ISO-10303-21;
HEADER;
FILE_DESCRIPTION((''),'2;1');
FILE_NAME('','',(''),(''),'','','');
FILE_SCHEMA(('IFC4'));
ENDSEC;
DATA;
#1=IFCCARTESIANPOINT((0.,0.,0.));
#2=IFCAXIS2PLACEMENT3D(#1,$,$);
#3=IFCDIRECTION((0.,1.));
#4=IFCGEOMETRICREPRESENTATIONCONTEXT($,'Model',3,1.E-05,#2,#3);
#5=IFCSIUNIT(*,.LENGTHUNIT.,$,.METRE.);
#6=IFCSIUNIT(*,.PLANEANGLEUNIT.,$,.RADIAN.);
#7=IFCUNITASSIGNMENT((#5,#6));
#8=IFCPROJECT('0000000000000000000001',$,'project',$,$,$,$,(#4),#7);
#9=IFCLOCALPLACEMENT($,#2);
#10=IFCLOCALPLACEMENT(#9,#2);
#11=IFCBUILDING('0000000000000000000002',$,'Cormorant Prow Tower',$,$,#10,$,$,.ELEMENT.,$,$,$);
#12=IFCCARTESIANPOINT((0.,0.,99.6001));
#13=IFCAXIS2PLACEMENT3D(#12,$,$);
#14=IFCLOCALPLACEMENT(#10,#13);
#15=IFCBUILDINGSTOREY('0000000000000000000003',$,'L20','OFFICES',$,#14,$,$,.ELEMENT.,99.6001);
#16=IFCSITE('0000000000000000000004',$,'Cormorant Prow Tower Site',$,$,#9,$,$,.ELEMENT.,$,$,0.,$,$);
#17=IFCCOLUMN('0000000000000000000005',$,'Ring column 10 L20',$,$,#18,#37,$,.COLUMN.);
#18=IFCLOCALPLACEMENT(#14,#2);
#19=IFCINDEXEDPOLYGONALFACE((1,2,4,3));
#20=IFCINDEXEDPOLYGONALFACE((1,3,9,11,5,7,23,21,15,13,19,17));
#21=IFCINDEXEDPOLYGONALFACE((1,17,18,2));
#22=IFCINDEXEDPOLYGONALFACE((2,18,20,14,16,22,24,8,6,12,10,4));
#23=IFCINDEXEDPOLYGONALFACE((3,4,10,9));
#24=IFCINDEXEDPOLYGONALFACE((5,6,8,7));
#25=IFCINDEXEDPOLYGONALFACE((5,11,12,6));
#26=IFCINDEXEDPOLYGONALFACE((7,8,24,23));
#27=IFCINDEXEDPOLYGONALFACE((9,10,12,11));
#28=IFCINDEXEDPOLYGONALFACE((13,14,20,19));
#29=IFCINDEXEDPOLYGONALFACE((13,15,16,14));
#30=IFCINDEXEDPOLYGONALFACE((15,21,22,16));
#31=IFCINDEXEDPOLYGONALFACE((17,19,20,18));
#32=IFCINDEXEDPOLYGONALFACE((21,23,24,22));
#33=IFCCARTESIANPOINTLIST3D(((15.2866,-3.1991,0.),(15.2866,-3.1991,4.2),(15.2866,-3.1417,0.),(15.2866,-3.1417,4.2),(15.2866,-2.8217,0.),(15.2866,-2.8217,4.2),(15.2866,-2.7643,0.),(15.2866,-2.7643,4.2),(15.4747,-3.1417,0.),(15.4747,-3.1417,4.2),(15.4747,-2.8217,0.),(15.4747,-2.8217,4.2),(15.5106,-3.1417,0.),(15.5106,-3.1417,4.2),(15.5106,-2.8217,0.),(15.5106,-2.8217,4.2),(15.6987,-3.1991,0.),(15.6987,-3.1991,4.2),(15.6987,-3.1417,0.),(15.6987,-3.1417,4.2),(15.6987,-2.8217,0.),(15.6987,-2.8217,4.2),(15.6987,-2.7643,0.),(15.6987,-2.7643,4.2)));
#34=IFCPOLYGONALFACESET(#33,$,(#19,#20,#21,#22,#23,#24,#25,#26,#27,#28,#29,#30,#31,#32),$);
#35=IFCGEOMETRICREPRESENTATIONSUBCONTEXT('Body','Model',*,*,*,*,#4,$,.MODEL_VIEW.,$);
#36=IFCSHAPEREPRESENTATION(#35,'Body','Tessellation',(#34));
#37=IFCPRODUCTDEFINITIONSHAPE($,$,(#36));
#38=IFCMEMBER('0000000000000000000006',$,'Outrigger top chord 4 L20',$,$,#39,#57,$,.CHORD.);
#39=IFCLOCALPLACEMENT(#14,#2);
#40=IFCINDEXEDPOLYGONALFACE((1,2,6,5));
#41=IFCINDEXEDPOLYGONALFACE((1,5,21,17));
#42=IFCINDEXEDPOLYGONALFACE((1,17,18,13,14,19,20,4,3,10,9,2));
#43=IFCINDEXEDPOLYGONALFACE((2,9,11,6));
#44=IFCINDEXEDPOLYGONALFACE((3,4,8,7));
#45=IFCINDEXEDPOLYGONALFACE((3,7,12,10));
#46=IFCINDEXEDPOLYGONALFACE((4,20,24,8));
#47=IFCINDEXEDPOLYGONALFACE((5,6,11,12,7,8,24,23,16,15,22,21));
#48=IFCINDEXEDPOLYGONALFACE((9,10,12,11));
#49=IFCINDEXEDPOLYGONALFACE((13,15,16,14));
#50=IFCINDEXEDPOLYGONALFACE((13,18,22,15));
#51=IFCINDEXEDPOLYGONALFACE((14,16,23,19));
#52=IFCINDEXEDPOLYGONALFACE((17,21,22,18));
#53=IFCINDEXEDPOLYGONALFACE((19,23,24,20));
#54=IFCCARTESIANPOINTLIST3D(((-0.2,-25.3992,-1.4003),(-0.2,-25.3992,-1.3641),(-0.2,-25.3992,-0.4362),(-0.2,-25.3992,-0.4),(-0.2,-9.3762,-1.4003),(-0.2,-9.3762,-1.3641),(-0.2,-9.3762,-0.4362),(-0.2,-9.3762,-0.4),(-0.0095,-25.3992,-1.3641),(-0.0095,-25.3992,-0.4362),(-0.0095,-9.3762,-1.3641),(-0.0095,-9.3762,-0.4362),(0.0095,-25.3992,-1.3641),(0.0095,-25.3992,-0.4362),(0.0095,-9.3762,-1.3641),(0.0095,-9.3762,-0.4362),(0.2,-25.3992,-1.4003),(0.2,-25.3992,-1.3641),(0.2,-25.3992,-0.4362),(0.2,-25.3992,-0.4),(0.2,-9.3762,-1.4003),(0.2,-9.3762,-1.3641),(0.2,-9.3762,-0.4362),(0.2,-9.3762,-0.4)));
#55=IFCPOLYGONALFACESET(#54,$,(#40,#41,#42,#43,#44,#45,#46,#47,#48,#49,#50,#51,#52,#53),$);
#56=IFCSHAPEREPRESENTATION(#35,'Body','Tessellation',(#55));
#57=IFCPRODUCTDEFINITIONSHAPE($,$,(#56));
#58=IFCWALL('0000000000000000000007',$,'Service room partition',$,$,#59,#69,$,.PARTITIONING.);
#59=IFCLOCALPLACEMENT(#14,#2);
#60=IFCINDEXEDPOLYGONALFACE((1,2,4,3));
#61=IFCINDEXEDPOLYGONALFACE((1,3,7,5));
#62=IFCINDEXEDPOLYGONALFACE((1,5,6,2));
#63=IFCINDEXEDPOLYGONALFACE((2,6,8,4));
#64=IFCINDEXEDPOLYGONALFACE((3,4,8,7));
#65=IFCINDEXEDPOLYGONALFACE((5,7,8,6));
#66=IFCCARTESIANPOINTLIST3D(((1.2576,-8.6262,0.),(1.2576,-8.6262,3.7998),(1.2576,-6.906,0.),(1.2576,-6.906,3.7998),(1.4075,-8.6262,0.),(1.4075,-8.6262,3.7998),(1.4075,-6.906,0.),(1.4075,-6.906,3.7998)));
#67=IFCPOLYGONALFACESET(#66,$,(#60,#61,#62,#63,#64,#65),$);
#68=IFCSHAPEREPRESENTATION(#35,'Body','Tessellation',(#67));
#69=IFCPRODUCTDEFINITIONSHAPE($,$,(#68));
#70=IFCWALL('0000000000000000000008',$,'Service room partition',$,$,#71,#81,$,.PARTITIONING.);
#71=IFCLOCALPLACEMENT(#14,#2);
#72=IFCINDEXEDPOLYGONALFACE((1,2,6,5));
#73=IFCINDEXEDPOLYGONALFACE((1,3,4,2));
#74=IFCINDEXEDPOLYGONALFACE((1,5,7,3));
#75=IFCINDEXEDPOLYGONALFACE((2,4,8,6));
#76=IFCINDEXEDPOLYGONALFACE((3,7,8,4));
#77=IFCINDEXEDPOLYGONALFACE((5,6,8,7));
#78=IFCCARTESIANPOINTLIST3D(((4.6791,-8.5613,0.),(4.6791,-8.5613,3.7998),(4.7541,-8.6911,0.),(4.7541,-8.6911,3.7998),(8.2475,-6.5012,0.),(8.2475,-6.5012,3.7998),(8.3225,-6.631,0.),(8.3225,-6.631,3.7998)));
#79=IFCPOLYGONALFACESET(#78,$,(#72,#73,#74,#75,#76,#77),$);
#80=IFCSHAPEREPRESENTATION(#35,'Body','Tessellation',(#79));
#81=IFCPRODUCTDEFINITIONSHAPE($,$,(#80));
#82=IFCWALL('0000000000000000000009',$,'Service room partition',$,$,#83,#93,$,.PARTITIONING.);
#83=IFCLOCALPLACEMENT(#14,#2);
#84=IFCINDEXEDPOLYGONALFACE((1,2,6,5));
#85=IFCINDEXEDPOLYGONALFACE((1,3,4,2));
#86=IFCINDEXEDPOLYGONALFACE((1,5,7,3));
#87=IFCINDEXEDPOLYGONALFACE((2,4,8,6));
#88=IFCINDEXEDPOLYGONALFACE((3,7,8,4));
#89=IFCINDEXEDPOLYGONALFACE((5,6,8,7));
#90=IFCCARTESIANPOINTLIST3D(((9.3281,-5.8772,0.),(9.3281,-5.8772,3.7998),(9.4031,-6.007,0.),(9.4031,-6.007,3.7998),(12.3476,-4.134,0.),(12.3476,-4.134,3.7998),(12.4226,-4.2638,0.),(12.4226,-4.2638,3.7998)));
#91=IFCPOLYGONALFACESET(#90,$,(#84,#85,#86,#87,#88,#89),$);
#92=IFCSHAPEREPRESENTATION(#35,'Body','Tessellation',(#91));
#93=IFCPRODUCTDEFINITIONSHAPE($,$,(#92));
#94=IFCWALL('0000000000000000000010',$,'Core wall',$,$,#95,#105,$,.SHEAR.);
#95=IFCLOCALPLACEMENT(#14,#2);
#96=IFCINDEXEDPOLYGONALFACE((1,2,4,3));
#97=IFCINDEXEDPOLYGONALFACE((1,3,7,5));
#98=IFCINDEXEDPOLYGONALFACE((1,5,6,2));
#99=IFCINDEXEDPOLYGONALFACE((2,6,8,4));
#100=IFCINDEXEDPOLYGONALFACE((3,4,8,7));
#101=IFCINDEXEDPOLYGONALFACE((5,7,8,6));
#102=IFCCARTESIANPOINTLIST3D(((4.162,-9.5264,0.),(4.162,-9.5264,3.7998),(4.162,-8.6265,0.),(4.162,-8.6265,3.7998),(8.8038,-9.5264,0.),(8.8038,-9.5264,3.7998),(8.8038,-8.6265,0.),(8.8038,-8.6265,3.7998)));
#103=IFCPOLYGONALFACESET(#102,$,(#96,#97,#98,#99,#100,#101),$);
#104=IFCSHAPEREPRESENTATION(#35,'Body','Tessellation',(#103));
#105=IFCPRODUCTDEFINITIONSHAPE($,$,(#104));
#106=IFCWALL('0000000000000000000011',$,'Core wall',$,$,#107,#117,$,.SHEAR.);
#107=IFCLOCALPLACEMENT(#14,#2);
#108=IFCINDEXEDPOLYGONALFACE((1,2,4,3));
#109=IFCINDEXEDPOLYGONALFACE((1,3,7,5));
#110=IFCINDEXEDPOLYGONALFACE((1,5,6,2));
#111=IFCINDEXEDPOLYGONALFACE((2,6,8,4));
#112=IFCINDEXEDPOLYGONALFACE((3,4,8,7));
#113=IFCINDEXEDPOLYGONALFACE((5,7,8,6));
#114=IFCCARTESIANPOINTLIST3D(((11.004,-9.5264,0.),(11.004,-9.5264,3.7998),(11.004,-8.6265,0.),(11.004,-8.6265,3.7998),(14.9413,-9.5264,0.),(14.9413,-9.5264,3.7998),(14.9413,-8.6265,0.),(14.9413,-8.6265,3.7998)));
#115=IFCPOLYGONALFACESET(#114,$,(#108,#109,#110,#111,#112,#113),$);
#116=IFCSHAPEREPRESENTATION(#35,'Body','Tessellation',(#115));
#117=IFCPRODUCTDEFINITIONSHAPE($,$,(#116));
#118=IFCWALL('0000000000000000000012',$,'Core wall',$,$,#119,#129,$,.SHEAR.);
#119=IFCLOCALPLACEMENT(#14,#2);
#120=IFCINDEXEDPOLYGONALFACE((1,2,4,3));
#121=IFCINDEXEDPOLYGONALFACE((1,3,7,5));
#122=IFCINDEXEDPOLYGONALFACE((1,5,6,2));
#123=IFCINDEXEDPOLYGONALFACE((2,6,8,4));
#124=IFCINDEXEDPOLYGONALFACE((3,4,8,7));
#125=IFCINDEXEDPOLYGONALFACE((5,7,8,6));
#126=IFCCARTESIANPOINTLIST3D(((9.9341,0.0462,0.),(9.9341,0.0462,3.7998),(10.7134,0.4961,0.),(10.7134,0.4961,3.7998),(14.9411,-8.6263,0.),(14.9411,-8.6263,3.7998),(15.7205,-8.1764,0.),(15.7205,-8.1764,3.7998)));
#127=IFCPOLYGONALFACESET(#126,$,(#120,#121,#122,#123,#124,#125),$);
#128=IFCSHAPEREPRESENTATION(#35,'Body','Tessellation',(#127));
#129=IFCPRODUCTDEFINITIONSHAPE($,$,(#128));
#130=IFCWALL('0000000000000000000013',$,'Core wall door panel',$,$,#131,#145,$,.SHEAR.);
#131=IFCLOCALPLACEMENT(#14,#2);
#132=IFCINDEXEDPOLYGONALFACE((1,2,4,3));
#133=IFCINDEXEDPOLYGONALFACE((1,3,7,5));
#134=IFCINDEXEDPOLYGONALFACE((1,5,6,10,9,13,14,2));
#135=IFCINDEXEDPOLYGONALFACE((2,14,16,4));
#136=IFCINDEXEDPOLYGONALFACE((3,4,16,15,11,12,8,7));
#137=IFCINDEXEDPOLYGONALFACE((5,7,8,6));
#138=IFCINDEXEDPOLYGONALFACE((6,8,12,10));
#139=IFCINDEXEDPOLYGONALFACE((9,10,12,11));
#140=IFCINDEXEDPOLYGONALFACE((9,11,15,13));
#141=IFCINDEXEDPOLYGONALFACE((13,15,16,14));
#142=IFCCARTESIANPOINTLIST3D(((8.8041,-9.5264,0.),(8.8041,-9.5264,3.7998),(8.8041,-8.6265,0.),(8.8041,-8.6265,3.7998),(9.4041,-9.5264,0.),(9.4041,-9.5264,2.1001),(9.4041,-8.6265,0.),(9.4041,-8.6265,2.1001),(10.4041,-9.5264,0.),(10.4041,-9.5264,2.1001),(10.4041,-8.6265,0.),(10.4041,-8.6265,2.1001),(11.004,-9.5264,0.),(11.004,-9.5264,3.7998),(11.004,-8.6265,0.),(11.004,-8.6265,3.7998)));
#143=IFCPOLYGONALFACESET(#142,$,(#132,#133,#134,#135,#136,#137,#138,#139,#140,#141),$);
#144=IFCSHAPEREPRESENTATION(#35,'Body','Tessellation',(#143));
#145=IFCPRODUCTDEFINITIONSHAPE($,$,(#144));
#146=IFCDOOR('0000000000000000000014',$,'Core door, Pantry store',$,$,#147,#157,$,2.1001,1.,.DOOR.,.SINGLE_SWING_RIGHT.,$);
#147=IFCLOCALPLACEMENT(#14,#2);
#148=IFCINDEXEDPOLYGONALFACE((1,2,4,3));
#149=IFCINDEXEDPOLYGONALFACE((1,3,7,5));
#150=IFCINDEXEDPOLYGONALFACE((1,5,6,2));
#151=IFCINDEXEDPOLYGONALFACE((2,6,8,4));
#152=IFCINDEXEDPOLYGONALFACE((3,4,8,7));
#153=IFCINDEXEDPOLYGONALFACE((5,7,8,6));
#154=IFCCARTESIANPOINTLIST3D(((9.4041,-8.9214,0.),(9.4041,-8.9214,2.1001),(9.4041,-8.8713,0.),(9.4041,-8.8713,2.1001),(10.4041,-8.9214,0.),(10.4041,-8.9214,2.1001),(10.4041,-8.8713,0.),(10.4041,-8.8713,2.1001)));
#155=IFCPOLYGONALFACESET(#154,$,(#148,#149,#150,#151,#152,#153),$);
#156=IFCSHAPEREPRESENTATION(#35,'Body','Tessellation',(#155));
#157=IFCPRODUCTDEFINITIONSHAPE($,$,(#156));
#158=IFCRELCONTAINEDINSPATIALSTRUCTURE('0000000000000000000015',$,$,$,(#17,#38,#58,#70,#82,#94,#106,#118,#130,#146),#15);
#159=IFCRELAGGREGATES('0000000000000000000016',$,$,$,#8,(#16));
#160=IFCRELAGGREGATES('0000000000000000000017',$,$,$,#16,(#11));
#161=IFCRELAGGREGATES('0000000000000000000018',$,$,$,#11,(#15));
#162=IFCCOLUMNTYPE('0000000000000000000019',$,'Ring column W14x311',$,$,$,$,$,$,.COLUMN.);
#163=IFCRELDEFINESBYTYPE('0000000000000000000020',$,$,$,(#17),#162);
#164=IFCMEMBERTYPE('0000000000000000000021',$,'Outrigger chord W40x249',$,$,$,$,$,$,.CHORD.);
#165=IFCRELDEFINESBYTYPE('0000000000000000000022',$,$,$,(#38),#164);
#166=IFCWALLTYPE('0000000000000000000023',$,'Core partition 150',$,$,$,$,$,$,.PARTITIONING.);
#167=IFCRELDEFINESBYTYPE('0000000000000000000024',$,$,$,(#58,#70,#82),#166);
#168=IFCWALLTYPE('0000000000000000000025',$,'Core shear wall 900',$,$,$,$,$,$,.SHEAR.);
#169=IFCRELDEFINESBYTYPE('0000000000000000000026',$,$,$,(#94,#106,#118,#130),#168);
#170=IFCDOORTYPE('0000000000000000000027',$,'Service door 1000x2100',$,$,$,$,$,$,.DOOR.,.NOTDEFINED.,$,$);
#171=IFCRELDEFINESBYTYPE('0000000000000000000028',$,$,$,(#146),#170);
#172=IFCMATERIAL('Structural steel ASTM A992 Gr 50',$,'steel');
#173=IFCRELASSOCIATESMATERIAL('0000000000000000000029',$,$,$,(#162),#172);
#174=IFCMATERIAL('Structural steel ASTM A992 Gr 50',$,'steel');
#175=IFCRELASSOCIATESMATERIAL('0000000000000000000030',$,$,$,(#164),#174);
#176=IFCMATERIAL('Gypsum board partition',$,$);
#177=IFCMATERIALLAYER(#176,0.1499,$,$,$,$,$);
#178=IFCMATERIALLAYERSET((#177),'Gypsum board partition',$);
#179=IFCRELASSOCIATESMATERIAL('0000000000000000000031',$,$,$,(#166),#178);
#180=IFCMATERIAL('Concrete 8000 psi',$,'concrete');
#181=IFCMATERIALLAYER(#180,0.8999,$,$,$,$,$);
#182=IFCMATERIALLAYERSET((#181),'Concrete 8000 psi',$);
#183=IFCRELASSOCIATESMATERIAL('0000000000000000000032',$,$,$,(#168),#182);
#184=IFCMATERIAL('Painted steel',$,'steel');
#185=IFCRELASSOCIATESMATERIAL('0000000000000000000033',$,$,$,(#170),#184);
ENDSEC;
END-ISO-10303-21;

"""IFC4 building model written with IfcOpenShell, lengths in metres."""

from ifc_helpers import new_model, si_unit, direction, frame, frame_2d, origin, origin_2d, place, context, subcontext, project, spatial, rectangle, i_section, extrude, material, layer, layer_set, material_profile, profile_set, type_object, element, fill, save


model = new_model("IFC4")

# Units and contexts
model_context = context("Model", 3, precision=1e-05, world=origin(), true_north=direction((0.0, 1.0)))
body_context = subcontext(model_context, "Body", "Model", "MODEL_VIEW")
ifc_project = project(units=[si_unit("LENGTHUNIT", "METRE"), si_unit("PLANEANGLEUNIT", "RADIAN")], contexts=[model_context])

# Site, building, storey
site_placement = place(None, origin())
site = spatial("IfcSite", under=ifc_project, at=site_placement, Name="Cormorant Prow Tower Site", CompositionType="ELEMENT", RefElevation=0.0)
building_placement = place(site_placement, origin())
building = spatial("IfcBuilding", under=site, at=building_placement, Name="Cormorant Prow Tower", CompositionType="ELEMENT")
storey_placement = place(building_placement, frame((0.0, 0.0, 99.6001)))
storey = spatial("IfcBuildingStorey", under=building, at=storey_placement, Name="L20", Description="OFFICES", CompositionType="ELEMENT", Elevation=99.6001)

# Column
ifc_material_1 = material(Name="Structural steel ASTM A992 Gr 50", Category="steel")
ifc_material_profile_1 = material_profile(ifc_material_1, i_section(OverallWidth=0.4121, OverallDepth=0.4348, WebThickness=0.0359, FlangeThickness=0.0574, at=origin_2d()), Name="W14x311")
ifc_profile_set_1 = profile_set([ifc_material_profile_1], Name="Structural steel ASTM A992 Gr 50")
column_type = type_object("IfcColumnType", Name="Ring column W14x311", PredefinedType="COLUMN", material=ifc_profile_set_1)
column_placement = place(storey_placement, frame((15.4927, -2.9817, 0.0), z_axis=(0.0, 0.0, 1.0), x_axis=(1.0, 0.0, 0.0)))
element("IfcColumn", 1, at=column_placement, inside=storey, type_object=column_type, Name="Ring column 10 L20", PredefinedType="COLUMN", context=body_context, shape_type="SweptSolid", body=[
    extrude(i_section(OverallWidth=0.4121, OverallDepth=0.4348, WebThickness=0.0359, FlangeThickness=0.0574, at=origin_2d()), origin(), (0.0, 0.0, 1.0), 4.2),
])

# Member
ifc_material_2 = material(Name="Structural steel ASTM A992 Gr 50", Category="steel")
ifc_material_profile_2 = material_profile(ifc_material_2, i_section(OverallWidth=0.3999, OverallDepth=1.0002, WebThickness=0.019, FlangeThickness=0.0361, at=origin_2d()), Name="W40x249")
ifc_profile_set_2 = profile_set([ifc_material_profile_2], Name="Structural steel ASTM A992 Gr 50")
member_type = type_object("IfcMemberType", Name="Outrigger chord W40x249", PredefinedType="CHORD", material=ifc_profile_set_2)
member_placement = place(storey_placement, frame((0.0, -9.3762, -0.9001), z_axis=(0.0, -1.0, 0.0), x_axis=(1.0, 0.0, 0.0)))
element("IfcMember", 2, at=member_placement, inside=storey, type_object=member_type, Name="Outrigger top chord 4 L20", PredefinedType="CHORD", context=body_context, shape_type="SweptSolid", body=[
    extrude(i_section(OverallWidth=0.3999, OverallDepth=1.0002, WebThickness=0.019, FlangeThickness=0.0361, at=origin_2d()), origin(), (0.0, 0.0, 1.0), 16.0229),
])

# Walls
ifc_material_3 = material(Name="Gypsum board partition")
ifc_layer_1 = layer(ifc_material_3, 0.1499)
ifc_layer_set_1 = layer_set([ifc_layer_1], Name="Gypsum board partition")
wall_type_1 = type_object("IfcWallType", Name="Core partition 150", PredefinedType="PARTITIONING", material=ifc_layer_set_1)
wall_1_placement = place(storey_placement, frame((1.3325, -8.6262, 0.0), z_axis=(0.0, 0.0, 1.0), x_axis=(0.0, 1.0, 0.0)))
element("IfcWall", 3, at=wall_1_placement, inside=storey, type_object=wall_type_1, Name="Service room partition", PredefinedType="PARTITIONING", context=body_context, shape_type="SweptSolid", body=[
    extrude(rectangle(XDim=1.7202, YDim=0.1499, at=frame_2d((0.8601, 0.0))), origin(), (0.0, 0.0, 1.0), 3.7998),
])
wall_2_placement = place(storey_placement, frame((8.2849, -6.5662, 0.0), z_axis=(0.0, 0.0, 1.0), x_axis=(-0.86604, -0.499975, 0.0)))
element("IfcWall", 4, at=wall_2_placement, inside=storey, type_object=wall_type_1, Name="Service room partition", PredefinedType="PARTITIONING", context=body_context, shape_type="SweptSolid", body=[
    extrude(rectangle(XDim=4.1204, YDim=0.1499, at=frame_2d((2.0601, 0.0))), origin(), (0.0, 0.0, 1.0), 3.7998),
])
wall_3_placement = place(storey_placement, frame((12.385, -4.199, 0.0), z_axis=(0.0, 0.0, 1.0), x_axis=(-0.866046, -0.499965, 0.0)))
element("IfcWall", 5, at=wall_3_placement, inside=storey, type_object=wall_type_1, Name="Service room partition", PredefinedType="PARTITIONING", context=body_context, shape_type="SweptSolid", body=[
    extrude(rectangle(XDim=3.4866, YDim=0.1499, at=frame_2d((1.7432, 0.0))), origin(), (0.0, 0.0, 1.0), 3.7998),
])
ifc_material_4 = material(Name="Concrete 8000 psi", Category="concrete")
ifc_layer_2 = layer(ifc_material_4, 0.8999)
ifc_layer_set_2 = layer_set([ifc_layer_2], Name="Concrete 8000 psi")
wall_type_2 = type_object("IfcWallType", Name="Core shear wall 900", PredefinedType="SHEAR", material=ifc_layer_set_2)
wall_4_placement = place(storey_placement, frame((4.1621, -9.0764, 0.0), z_axis=(0.0, 0.0, 1.0), x_axis=(1.0, 0.0, 0.0)))
element("IfcWall", 6, at=wall_4_placement, inside=storey, type_object=wall_type_2, Name="Core wall", PredefinedType="SHEAR", context=body_context, shape_type="SweptSolid", body=[
    extrude(rectangle(XDim=4.6418, YDim=0.8999, at=frame_2d((2.3208, 0.0))), origin(), (0.0, 0.0, 1.0), 3.7998),
])
wall_5_placement = place(storey_placement, frame((11.0039, -9.0764, 0.0), z_axis=(0.0, 0.0, 1.0), x_axis=(1.0, 0.0, 0.0)))
element("IfcWall", 7, at=wall_5_placement, inside=storey, type_object=wall_type_2, Name="Core wall", PredefinedType="SHEAR", context=body_context, shape_type="SweptSolid", body=[
    extrude(rectangle(XDim=3.9373, YDim=0.8999, at=frame_2d((1.9688, 0.0))), origin(), (0.0, 0.0, 1.0), 3.7998),
])
wall_6_placement = place(storey_placement, frame((15.3308, -8.4014, 0.0), z_axis=(0.0, 0.0, 1.0), x_axis=(-0.499996, 0.866028, 0.0)))
element("IfcWall", 8, at=wall_6_placement, inside=storey, type_object=wall_type_2, Name="Core wall", PredefinedType="SHEAR", context=body_context, shape_type="SweptSolid", body=[
    extrude(rectangle(XDim=10.0142, YDim=0.8999, at=frame_2d((5.0071, 0.0))), origin(), (0.0, 0.0, 1.0), 3.7998),
])

# Wall, opening, door
wall_7_placement = place(storey_placement, frame((8.804, -9.0764, 0.0), z_axis=(0.0, 0.0, 1.0), x_axis=(1.0, 0.0, 0.0)))
wall_7 = element("IfcWall", 9, at=wall_7_placement, inside=storey, type_object=wall_type_2, Name="Core wall door panel", PredefinedType="SHEAR", context=body_context, shape_type="SweptSolid", body=[
    extrude(rectangle(XDim=2.2, YDim=0.8999, at=frame_2d((1.1001, 0.0))), origin(), (0.0, 0.0, 1.0), 3.7998),
])
opening_1_placement = place(wall_7_placement, frame((0.6001, 0.0, 0.0)))
opening_1 = element("IfcOpeningElement", 10, at=opening_1_placement, cuts=wall_7, PredefinedType="OPENING", context=body_context, shape_type="SweptSolid", body=[
    extrude(rectangle(XDim=1.0, YDim=2.1001, at=frame_2d((0.5, 1.05))), frame((0.0, 0.46, 0.0), z_axis=(0.0, -1.0, 0.0), x_axis=(1.0, 0.0, 0.0)), (0.0, 0.0, 1.0), 0.9199),
])
ifc_material_5 = material(Name="Painted steel", Category="steel")
door_type_1 = type_object("IfcDoorType", Name="Service door 1000x2100", OperationType="NOTDEFINED", PredefinedType="DOOR", material=ifc_material_5)
door_1_placement = place(opening_1_placement, origin())
door_1 = element("IfcDoor", 11, at=door_1_placement, inside=storey, type_object=door_type_1, Name="Core door, Pantry store", OperationType="SINGLE_SWING_RIGHT", OverallHeight=2.1001, OverallWidth=1.0, PredefinedType="DOOR", context=body_context, shape_type="SweptSolid", body=[
    extrude(rectangle(XDim=1.0, YDim=2.1001, at=frame_2d((0.5, 1.05))), frame((0.0, 0.2051, 0.0), z_axis=(0.0, -1.0, 0.0), x_axis=(1.0, 0.0, 0.0)), (0.0, 0.0, 1.0), 0.05),
])
fill(opening_1, door_1)

save(model, "model.ifc")
